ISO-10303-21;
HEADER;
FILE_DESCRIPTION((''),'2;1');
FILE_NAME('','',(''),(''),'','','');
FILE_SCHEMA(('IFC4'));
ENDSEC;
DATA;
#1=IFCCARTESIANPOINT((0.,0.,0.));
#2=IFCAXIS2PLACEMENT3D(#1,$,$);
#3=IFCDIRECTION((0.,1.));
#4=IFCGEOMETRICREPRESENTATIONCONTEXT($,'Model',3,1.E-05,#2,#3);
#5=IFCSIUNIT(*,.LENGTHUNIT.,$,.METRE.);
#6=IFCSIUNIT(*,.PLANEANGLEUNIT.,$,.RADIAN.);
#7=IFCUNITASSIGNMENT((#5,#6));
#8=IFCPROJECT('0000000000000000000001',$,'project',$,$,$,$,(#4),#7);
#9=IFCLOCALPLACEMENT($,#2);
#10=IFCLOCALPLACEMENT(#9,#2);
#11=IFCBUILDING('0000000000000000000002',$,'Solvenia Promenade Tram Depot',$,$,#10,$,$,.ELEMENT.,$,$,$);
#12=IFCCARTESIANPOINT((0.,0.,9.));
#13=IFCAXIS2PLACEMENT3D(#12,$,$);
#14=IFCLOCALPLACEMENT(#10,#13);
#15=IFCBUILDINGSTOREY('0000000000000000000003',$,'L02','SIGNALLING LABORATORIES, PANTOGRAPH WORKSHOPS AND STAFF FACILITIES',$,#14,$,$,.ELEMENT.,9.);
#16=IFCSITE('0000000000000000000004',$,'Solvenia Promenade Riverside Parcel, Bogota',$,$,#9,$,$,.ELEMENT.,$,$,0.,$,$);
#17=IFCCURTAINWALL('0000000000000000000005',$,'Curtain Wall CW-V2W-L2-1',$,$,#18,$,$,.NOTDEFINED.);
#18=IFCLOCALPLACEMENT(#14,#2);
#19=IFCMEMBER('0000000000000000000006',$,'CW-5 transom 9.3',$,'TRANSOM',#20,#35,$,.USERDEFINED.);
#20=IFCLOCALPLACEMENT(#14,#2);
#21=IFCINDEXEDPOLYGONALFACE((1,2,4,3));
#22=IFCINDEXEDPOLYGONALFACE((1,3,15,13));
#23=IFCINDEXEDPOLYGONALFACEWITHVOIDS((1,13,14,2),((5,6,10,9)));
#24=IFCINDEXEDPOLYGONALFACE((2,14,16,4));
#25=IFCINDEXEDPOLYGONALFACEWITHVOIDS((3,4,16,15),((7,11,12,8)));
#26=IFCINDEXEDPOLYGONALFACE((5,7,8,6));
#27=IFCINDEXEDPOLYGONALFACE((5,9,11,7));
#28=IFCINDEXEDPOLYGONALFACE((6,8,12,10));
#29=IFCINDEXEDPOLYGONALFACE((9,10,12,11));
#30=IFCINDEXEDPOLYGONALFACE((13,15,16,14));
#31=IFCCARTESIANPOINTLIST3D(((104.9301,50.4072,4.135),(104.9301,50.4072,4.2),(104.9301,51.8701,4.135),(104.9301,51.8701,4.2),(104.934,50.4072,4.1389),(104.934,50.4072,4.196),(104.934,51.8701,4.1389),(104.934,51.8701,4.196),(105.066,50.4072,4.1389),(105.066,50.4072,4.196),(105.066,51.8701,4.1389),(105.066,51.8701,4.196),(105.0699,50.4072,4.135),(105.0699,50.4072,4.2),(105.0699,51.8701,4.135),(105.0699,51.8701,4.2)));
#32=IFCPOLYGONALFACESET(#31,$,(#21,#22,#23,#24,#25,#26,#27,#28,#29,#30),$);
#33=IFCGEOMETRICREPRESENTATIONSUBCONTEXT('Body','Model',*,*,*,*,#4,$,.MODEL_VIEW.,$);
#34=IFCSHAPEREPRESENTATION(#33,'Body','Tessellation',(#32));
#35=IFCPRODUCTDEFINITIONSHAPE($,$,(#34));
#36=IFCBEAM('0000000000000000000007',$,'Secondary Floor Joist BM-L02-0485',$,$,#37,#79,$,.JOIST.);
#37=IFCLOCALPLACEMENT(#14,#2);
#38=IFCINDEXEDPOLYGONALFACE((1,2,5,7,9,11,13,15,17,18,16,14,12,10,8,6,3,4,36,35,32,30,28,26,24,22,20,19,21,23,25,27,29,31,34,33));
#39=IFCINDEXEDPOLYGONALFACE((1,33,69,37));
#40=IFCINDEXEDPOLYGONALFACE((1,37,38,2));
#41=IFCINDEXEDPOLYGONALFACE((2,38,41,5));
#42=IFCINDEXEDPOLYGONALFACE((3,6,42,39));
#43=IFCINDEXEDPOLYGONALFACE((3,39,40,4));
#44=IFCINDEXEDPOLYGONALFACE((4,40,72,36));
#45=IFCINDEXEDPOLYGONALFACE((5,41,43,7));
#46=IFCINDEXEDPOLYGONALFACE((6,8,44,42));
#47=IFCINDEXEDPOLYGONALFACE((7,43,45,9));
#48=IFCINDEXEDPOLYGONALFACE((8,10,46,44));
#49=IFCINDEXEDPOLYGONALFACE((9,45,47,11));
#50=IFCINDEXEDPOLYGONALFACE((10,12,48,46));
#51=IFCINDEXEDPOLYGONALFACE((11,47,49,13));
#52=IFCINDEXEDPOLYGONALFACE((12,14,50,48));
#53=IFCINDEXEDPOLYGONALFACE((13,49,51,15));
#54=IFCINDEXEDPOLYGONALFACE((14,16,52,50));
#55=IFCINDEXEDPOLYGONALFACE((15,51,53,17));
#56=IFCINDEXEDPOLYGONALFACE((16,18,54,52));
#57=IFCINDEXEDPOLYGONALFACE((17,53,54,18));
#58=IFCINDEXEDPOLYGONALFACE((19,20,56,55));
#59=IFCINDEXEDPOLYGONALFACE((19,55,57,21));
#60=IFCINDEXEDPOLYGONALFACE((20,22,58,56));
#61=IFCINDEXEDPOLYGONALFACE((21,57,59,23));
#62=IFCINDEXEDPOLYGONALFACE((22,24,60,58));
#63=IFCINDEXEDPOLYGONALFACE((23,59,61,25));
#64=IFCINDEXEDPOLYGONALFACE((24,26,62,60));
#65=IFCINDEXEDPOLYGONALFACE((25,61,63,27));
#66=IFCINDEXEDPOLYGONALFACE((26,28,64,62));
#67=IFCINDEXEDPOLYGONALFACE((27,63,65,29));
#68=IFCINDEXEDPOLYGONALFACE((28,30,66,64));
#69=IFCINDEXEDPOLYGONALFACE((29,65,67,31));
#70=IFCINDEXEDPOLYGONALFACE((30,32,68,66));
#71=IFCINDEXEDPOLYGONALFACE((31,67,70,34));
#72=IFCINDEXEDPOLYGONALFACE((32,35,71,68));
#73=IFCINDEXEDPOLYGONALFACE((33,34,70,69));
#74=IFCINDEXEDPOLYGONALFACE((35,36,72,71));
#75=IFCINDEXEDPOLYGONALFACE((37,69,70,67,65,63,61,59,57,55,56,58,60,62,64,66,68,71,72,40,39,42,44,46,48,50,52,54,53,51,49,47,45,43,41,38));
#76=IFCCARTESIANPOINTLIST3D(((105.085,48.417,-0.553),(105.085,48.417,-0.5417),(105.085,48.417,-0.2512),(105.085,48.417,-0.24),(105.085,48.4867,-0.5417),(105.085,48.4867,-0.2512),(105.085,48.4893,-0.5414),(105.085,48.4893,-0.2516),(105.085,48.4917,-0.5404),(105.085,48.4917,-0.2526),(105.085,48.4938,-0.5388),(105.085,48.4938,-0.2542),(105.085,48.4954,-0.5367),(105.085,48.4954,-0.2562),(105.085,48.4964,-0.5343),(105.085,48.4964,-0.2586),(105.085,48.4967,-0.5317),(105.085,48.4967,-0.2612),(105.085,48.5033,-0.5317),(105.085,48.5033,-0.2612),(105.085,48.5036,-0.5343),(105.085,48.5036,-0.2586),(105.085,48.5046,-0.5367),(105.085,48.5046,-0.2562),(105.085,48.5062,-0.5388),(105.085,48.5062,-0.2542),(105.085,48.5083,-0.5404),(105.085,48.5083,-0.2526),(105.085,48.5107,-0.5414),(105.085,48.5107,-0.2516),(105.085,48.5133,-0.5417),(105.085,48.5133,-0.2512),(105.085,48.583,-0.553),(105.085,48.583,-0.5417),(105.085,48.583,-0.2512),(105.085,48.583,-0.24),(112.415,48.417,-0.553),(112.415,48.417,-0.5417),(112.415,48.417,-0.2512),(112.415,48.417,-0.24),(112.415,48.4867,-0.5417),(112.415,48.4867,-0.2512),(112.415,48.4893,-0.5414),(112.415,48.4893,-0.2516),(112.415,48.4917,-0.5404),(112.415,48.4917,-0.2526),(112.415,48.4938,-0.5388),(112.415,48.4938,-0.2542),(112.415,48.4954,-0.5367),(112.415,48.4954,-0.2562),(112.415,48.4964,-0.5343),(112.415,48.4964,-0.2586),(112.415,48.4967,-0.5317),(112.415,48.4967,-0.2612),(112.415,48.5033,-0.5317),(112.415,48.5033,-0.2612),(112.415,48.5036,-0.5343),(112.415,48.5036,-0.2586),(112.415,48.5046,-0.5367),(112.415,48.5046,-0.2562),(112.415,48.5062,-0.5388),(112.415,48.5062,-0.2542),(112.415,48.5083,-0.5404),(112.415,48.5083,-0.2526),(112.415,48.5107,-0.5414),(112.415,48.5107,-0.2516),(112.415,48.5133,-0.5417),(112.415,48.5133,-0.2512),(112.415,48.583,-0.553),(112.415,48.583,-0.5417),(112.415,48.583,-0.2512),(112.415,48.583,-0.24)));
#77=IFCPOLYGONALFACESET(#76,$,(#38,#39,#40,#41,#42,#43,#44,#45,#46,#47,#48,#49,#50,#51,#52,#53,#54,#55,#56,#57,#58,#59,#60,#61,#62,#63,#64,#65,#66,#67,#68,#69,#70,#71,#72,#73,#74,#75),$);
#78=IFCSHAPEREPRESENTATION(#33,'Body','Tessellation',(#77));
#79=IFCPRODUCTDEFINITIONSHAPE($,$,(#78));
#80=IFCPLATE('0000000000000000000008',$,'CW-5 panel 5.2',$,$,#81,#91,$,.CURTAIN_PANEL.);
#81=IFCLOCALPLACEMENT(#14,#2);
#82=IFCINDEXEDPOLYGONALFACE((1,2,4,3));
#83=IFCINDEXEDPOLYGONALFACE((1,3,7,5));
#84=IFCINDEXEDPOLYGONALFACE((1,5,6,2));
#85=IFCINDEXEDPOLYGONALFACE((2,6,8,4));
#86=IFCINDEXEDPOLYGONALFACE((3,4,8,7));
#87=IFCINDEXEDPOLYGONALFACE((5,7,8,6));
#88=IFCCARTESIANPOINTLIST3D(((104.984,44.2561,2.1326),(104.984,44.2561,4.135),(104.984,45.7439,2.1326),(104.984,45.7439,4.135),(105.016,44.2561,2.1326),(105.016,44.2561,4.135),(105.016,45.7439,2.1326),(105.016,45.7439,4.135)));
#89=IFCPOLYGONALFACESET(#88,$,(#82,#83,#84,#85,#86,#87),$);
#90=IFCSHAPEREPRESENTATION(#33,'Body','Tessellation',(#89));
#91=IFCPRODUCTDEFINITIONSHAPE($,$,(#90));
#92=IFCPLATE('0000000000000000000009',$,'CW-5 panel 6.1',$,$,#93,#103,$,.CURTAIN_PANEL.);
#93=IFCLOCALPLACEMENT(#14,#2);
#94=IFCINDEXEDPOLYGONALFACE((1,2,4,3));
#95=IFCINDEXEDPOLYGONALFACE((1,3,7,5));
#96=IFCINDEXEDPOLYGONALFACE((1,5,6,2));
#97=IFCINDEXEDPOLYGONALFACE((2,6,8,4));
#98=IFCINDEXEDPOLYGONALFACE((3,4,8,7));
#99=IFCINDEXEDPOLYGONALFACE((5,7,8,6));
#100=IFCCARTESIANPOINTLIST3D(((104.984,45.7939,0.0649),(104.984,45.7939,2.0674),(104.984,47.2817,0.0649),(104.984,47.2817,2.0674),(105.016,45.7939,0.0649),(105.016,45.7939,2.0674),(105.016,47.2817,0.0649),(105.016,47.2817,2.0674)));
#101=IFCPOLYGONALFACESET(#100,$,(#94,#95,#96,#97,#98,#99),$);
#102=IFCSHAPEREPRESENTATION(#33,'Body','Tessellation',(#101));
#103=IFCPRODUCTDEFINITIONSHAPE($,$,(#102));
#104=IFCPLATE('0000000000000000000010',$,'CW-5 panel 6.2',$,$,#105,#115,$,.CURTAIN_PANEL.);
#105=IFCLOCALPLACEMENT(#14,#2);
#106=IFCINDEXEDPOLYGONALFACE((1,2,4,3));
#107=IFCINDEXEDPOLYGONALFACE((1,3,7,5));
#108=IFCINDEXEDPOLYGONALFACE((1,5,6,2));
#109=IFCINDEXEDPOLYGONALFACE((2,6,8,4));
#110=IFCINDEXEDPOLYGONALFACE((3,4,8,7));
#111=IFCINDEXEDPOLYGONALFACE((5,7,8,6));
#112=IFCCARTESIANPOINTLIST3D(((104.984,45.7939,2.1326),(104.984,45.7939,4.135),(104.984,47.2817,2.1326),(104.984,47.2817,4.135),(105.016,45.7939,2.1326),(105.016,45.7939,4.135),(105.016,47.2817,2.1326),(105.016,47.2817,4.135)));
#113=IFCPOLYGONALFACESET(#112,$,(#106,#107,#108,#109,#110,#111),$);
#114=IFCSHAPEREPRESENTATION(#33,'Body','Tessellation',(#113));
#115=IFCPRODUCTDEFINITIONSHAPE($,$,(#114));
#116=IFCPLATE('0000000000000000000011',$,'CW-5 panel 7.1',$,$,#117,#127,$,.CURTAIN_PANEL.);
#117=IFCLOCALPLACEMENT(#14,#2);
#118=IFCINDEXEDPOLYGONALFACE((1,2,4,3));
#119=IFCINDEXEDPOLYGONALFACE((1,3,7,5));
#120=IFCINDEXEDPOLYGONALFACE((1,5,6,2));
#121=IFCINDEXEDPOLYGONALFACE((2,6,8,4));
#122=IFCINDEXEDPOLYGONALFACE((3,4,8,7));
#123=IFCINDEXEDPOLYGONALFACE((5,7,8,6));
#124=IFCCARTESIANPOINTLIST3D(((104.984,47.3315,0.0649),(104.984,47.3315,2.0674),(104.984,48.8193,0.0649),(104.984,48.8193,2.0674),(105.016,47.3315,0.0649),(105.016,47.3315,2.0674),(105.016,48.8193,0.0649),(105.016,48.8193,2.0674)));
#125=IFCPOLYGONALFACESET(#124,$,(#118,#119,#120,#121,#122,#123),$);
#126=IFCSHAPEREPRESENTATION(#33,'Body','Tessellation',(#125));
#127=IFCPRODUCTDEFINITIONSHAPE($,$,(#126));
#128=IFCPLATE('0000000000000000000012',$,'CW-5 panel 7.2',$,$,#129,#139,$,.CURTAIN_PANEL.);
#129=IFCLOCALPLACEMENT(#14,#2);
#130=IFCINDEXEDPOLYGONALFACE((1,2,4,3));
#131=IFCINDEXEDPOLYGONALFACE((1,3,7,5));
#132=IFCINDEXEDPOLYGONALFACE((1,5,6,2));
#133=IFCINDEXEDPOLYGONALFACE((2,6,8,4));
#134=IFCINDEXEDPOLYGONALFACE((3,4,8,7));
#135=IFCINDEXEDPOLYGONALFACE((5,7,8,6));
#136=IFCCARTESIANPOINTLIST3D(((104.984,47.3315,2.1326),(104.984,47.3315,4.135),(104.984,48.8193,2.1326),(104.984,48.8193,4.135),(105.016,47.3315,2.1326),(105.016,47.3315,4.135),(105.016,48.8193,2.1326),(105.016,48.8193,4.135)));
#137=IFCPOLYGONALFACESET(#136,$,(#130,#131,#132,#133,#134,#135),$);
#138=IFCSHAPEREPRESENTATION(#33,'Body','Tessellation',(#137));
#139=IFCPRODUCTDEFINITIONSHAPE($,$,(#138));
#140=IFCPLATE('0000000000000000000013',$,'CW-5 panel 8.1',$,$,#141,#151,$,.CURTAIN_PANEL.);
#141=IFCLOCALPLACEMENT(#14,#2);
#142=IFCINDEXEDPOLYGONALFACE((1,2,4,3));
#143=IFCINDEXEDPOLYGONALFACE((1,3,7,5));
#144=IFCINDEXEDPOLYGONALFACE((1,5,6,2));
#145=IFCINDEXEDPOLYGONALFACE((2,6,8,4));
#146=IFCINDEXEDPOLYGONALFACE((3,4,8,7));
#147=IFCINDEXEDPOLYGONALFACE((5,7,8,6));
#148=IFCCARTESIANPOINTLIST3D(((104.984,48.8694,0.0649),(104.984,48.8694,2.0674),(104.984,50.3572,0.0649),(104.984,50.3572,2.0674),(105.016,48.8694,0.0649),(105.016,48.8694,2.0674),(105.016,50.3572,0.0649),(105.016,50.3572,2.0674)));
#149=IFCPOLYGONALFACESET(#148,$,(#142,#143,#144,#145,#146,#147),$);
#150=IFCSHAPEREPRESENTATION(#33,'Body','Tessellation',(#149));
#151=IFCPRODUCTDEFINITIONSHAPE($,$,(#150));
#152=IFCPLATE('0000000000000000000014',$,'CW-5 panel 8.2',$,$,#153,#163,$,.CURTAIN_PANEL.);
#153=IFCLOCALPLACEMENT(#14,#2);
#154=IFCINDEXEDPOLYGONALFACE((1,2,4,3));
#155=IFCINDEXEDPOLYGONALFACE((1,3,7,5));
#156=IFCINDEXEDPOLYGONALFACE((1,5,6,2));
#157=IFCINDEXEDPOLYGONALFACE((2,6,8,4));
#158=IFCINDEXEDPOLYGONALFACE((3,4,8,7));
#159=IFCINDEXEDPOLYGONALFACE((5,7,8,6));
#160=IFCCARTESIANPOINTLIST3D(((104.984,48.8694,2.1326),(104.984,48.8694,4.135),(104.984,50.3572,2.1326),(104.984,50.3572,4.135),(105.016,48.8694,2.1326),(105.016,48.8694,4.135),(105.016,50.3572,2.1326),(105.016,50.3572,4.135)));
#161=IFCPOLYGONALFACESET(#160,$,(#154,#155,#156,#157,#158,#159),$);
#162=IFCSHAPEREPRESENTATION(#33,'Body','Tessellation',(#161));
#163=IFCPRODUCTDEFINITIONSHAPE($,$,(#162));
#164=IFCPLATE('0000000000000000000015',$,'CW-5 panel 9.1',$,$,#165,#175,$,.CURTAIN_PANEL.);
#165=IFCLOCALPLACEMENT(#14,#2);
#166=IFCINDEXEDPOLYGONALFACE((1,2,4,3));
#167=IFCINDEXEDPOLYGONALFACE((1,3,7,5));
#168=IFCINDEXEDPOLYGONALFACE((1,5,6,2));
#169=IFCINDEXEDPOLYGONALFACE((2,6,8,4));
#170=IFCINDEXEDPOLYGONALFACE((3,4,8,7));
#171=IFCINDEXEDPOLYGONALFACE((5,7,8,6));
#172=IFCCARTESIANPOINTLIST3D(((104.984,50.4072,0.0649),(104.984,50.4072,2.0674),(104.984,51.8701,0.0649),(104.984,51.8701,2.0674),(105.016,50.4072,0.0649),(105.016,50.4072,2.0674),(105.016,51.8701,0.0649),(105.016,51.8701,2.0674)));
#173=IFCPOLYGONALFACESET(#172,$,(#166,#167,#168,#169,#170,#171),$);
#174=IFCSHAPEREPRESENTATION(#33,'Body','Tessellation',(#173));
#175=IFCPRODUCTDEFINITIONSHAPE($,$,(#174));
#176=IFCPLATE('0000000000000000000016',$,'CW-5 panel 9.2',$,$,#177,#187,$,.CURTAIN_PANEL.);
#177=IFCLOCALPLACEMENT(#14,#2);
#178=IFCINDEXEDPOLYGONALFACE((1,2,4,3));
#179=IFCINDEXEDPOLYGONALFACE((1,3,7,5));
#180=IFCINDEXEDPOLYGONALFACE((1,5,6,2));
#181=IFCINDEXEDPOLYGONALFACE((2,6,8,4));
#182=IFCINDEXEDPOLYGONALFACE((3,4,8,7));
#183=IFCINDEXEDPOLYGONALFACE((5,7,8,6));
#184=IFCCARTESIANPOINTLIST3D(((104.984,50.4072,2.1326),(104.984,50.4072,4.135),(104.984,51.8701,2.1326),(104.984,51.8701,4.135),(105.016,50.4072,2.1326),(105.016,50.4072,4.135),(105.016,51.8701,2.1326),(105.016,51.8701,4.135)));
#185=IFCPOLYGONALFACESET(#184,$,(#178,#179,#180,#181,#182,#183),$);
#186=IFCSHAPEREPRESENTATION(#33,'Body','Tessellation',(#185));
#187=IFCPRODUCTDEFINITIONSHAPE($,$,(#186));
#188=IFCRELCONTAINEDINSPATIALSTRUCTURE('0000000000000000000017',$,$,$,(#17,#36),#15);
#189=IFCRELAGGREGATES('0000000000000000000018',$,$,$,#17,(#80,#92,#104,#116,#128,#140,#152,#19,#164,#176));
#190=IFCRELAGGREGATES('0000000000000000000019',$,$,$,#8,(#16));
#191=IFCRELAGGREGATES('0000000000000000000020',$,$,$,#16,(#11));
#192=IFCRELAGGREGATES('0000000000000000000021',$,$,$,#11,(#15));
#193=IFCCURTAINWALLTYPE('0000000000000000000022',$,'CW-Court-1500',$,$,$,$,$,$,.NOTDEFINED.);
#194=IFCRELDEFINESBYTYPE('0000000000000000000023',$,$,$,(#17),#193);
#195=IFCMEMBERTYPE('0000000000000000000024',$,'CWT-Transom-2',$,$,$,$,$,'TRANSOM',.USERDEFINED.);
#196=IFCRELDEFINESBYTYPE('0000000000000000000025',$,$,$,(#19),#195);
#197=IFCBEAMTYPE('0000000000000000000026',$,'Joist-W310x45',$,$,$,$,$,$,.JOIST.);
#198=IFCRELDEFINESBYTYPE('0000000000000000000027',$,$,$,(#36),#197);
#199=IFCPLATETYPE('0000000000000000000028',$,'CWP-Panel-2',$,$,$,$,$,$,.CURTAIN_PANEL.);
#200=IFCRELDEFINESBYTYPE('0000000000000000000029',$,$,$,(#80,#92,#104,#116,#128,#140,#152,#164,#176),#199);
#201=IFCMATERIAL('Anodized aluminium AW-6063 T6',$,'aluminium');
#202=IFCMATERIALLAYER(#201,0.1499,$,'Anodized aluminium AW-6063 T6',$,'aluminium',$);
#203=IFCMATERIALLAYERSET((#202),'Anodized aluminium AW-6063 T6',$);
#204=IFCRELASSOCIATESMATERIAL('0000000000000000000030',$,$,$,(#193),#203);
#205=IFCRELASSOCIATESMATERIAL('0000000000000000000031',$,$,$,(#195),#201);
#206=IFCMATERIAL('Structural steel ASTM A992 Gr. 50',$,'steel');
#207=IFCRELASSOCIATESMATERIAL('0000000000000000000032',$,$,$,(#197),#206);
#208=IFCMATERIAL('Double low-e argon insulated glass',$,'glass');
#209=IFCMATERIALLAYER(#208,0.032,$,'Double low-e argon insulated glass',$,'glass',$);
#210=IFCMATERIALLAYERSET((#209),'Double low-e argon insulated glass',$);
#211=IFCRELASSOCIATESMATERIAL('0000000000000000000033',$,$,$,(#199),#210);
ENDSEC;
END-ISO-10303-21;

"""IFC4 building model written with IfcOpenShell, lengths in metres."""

from ifc_helpers import new_model, si_unit, direction, frame, origin, origin_2d, place, context, subcontext, project, spatial, rectangle, hollow_rectangle, i_section, extrude, material, layer, layer_set, material_profile, profile_set, type_object, element, aggregate, save


model = new_model("IFC4")

# Units and contexts
model_context = context("Model", 3, precision=1e-05, world=origin(), true_north=direction((0.0, 1.0)))
body_context = subcontext(model_context, "Body", "Model", "MODEL_VIEW")
ifc_project = project(units=[si_unit("LENGTHUNIT", "METRE"), si_unit("PLANEANGLEUNIT", "RADIAN")], contexts=[model_context])

# Site, building, storey
site_placement = place(None, origin())
site = spatial("IfcSite", under=ifc_project, at=site_placement, Name="Solvenia Promenade Riverside Parcel, Bogota", CompositionType="ELEMENT", RefElevation=0.0)
building_placement = place(site_placement, origin())
building = spatial("IfcBuilding", under=site, at=building_placement, Name="Solvenia Promenade Tram Depot", CompositionType="ELEMENT")
storey_placement = place(building_placement, frame((0.0, 0.0, 9.0)))
storey = spatial("IfcBuildingStorey", under=building, at=storey_placement, Name="L02", Description="SIGNALLING LABORATORIES, PANTOGRAPH WORKSHOPS AND STAFF FACILITIES", CompositionType="ELEMENT", Elevation=9.0)

# Shared definitions
ifc_material_1 = material(Name="Structural steel ASTM A992 Gr. 50", Category="steel")

# Curtain wall, member
ifc_material_2 = material(Name="Anodized aluminium AW-6063 T6", Category="aluminium")
ifc_layer_1 = layer(ifc_material_2, 0.1499, Name="Anodized aluminium AW-6063 T6", Category="aluminium")
ifc_layer_set_1 = layer_set([ifc_layer_1], Name="Anodized aluminium AW-6063 T6")
curtain_wall_type = type_object("IfcCurtainWallType", Name="CW-Court-1500", PredefinedType="NOTDEFINED", material=ifc_layer_set_1)
curtain_wall_placement = place(storey_placement, origin())
curtain_wall = element("IfcCurtainWall", 1, at=curtain_wall_placement, inside=storey, type_object=curtain_wall_type, Name="Curtain Wall CW-V2W-L2-1", PredefinedType="NOTDEFINED")
ifc_material_profile_1 = material_profile(ifc_material_2, hollow_rectangle(XDim=0.1399, YDim=0.0649, WallThickness=0.0039, at=origin_2d()), Name="ALU-T2", Category="aluminium")
ifc_profile_set_1 = profile_set([ifc_material_profile_1], Name="Anodized aluminium AW-6063 T6")
member_type_1 = type_object("IfcMemberType", Name="CWT-Transom-2", ElementType="TRANSOM", PredefinedType="USERDEFINED", material=ifc_profile_set_1)
member_1_placement = place(storey_placement, frame((105.0, 50.4072, 4.1675), z_axis=(0.0, 1.0, 0.0), x_axis=(-1.0, 0.0, 0.0)))
member_1 = element("IfcMember", 2, at=member_1_placement, type_object=member_type_1, Name="CW-5 transom 9.3", ObjectType="TRANSOM", PredefinedType="USERDEFINED", context=body_context, shape_type="SweptSolid", body=[
    extrude(hollow_rectangle(XDim=0.1399, YDim=0.0649, WallThickness=0.0039, at=origin_2d()), origin(), (0.0, 0.0, 1.0), 1.4629),
])

# Beam
ifc_material_profile_2 = material_profile(ifc_material_1, i_section(OverallWidth=0.166, OverallDepth=0.313, WebThickness=0.0066, FlangeThickness=0.0112, FilletRadius=0.01, at=origin_2d()), Name="W310x45", Category="steel")
ifc_profile_set_2 = profile_set([ifc_material_profile_2], Name="Structural steel ASTM A992 Gr. 50")
beam_type = type_object("IfcBeamType", Name="Joist-W310x45", PredefinedType="JOIST", material=ifc_profile_set_2)
beam_placement = place(storey_placement, frame((105.085, 48.5, -0.3965), z_axis=(1.0, 0.0, 0.0), x_axis=(0.0, 1.0, 0.0)))
element("IfcBeam", 3, at=beam_placement, inside=storey, type_object=beam_type, Name="Secondary Floor Joist BM-L02-0485", PredefinedType="JOIST", context=body_context, shape_type="SweptSolid", body=[
    extrude(i_section(OverallWidth=0.166, OverallDepth=0.313, WebThickness=0.0066, FlangeThickness=0.0112, FilletRadius=0.01, at=origin_2d()), origin(), (0.0, 0.0, 1.0), 7.3301),
])

# Plates
ifc_material_3 = material(Name="Double low-e argon insulated glass", Category="glass")
ifc_layer_2 = layer(ifc_material_3, 0.032, Name="Double low-e argon insulated glass", Category="glass")
ifc_layer_set_2 = layer_set([ifc_layer_2], Name="Double low-e argon insulated glass")
plate_type_1 = type_object("IfcPlateType", Name="CWP-Panel-2", PredefinedType="CURTAIN_PANEL", material=ifc_layer_set_2)
plate_1_placement = place(storey_placement, frame((105.0, 45.0, 2.1326), z_axis=(0.0, 0.0, 1.0), x_axis=(0.0, 1.0, 0.0)))
plate_1 = element("IfcPlate", 4, at=plate_1_placement, type_object=plate_type_1, Name="CW-5 panel 5.2", PredefinedType="CURTAIN_PANEL", context=body_context, shape_type="SweptSolid", body=[
    extrude(rectangle(XDim=1.4878, YDim=0.032, at=origin_2d()), origin(), (0.0, 0.0, 1.0), 2.0024),
])
plate_2_placement = place(storey_placement, frame((105.0, 46.5378, 0.0649), z_axis=(0.0, 0.0, 1.0), x_axis=(0.0, 1.0, 0.0)))
plate_2 = element("IfcPlate", 5, at=plate_2_placement, type_object=plate_type_1, Name="CW-5 panel 6.1", PredefinedType="CURTAIN_PANEL", context=body_context, shape_type="SweptSolid", body=[
    extrude(rectangle(XDim=1.4878, YDim=0.032, at=origin_2d()), origin(), (0.0, 0.0, 1.0), 2.0024),
])
plate_3_placement = place(storey_placement, frame((105.0, 46.5378, 2.1326), z_axis=(0.0, 0.0, 1.0), x_axis=(0.0, 1.0, 0.0)))
plate_3 = element("IfcPlate", 6, at=plate_3_placement, type_object=plate_type_1, Name="CW-5 panel 6.2", PredefinedType="CURTAIN_PANEL", context=body_context, shape_type="SweptSolid", body=[
    extrude(rectangle(XDim=1.4878, YDim=0.032, at=origin_2d()), origin(), (0.0, 0.0, 1.0), 2.0024),
])
plate_4_placement = place(storey_placement, frame((105.0, 48.0754, 0.0649), z_axis=(0.0, 0.0, 1.0), x_axis=(0.0, 1.0, 0.0)))
plate_4 = element("IfcPlate", 7, at=plate_4_placement, type_object=plate_type_1, Name="CW-5 panel 7.1", PredefinedType="CURTAIN_PANEL", context=body_context, shape_type="SweptSolid", body=[
    extrude(rectangle(XDim=1.4878, YDim=0.032, at=origin_2d()), origin(), (0.0, 0.0, 1.0), 2.0024),
])
plate_5_placement = place(storey_placement, frame((105.0, 48.0754, 2.1326), z_axis=(0.0, 0.0, 1.0), x_axis=(0.0, 1.0, 0.0)))
plate_5 = element("IfcPlate", 8, at=plate_5_placement, type_object=plate_type_1, Name="CW-5 panel 7.2", PredefinedType="CURTAIN_PANEL", context=body_context, shape_type="SweptSolid", body=[
    extrude(rectangle(XDim=1.4878, YDim=0.032, at=origin_2d()), origin(), (0.0, 0.0, 1.0), 2.0024),
])
plate_6_placement = place(storey_placement, frame((105.0, 49.6133, 0.0649), z_axis=(0.0, 0.0, 1.0), x_axis=(0.0, 1.0, 0.0)))
plate_6 = element("IfcPlate", 9, at=plate_6_placement, type_object=plate_type_1, Name="CW-5 panel 8.1", PredefinedType="CURTAIN_PANEL", context=body_context, shape_type="SweptSolid", body=[
    extrude(rectangle(XDim=1.4878, YDim=0.032, at=origin_2d()), origin(), (0.0, 0.0, 1.0), 2.0024),
])
plate_7_placement = place(storey_placement, frame((105.0, 49.6133, 2.1326), z_axis=(0.0, 0.0, 1.0), x_axis=(0.0, 1.0, 0.0)))
plate_7 = element("IfcPlate", 10, at=plate_7_placement, type_object=plate_type_1, Name="CW-5 panel 8.2", PredefinedType="CURTAIN_PANEL", context=body_context, shape_type="SweptSolid", body=[
    extrude(rectangle(XDim=1.4878, YDim=0.032, at=origin_2d()), origin(), (0.0, 0.0, 1.0), 2.0024),
])
plate_8_placement = place(storey_placement, frame((105.0, 51.1387, 0.0649), z_axis=(0.0, 0.0, 1.0), x_axis=(0.0, 1.0, 0.0)))
plate_8 = element("IfcPlate", 11, at=plate_8_placement, type_object=plate_type_1, Name="CW-5 panel 9.1", PredefinedType="CURTAIN_PANEL", context=body_context, shape_type="SweptSolid", body=[
    extrude(rectangle(XDim=1.4629, YDim=0.032, at=origin_2d()), origin(), (0.0, 0.0, 1.0), 2.0024),
])
plate_9_placement = place(storey_placement, frame((105.0, 51.1387, 2.1326), z_axis=(0.0, 0.0, 1.0), x_axis=(0.0, 1.0, 0.0)))
plate_9 = element("IfcPlate", 12, at=plate_9_placement, type_object=plate_type_1, Name="CW-5 panel 9.2", PredefinedType="CURTAIN_PANEL", context=body_context, shape_type="SweptSolid", body=[
    extrude(rectangle(XDim=1.4629, YDim=0.032, at=origin_2d()), origin(), (0.0, 0.0, 1.0), 2.0024),
])
aggregate(curtain_wall, [plate_1, plate_2, plate_3, plate_4, plate_5, plate_6, plate_7, member_1, plate_8, plate_9])

save(model, "model.ifc")
